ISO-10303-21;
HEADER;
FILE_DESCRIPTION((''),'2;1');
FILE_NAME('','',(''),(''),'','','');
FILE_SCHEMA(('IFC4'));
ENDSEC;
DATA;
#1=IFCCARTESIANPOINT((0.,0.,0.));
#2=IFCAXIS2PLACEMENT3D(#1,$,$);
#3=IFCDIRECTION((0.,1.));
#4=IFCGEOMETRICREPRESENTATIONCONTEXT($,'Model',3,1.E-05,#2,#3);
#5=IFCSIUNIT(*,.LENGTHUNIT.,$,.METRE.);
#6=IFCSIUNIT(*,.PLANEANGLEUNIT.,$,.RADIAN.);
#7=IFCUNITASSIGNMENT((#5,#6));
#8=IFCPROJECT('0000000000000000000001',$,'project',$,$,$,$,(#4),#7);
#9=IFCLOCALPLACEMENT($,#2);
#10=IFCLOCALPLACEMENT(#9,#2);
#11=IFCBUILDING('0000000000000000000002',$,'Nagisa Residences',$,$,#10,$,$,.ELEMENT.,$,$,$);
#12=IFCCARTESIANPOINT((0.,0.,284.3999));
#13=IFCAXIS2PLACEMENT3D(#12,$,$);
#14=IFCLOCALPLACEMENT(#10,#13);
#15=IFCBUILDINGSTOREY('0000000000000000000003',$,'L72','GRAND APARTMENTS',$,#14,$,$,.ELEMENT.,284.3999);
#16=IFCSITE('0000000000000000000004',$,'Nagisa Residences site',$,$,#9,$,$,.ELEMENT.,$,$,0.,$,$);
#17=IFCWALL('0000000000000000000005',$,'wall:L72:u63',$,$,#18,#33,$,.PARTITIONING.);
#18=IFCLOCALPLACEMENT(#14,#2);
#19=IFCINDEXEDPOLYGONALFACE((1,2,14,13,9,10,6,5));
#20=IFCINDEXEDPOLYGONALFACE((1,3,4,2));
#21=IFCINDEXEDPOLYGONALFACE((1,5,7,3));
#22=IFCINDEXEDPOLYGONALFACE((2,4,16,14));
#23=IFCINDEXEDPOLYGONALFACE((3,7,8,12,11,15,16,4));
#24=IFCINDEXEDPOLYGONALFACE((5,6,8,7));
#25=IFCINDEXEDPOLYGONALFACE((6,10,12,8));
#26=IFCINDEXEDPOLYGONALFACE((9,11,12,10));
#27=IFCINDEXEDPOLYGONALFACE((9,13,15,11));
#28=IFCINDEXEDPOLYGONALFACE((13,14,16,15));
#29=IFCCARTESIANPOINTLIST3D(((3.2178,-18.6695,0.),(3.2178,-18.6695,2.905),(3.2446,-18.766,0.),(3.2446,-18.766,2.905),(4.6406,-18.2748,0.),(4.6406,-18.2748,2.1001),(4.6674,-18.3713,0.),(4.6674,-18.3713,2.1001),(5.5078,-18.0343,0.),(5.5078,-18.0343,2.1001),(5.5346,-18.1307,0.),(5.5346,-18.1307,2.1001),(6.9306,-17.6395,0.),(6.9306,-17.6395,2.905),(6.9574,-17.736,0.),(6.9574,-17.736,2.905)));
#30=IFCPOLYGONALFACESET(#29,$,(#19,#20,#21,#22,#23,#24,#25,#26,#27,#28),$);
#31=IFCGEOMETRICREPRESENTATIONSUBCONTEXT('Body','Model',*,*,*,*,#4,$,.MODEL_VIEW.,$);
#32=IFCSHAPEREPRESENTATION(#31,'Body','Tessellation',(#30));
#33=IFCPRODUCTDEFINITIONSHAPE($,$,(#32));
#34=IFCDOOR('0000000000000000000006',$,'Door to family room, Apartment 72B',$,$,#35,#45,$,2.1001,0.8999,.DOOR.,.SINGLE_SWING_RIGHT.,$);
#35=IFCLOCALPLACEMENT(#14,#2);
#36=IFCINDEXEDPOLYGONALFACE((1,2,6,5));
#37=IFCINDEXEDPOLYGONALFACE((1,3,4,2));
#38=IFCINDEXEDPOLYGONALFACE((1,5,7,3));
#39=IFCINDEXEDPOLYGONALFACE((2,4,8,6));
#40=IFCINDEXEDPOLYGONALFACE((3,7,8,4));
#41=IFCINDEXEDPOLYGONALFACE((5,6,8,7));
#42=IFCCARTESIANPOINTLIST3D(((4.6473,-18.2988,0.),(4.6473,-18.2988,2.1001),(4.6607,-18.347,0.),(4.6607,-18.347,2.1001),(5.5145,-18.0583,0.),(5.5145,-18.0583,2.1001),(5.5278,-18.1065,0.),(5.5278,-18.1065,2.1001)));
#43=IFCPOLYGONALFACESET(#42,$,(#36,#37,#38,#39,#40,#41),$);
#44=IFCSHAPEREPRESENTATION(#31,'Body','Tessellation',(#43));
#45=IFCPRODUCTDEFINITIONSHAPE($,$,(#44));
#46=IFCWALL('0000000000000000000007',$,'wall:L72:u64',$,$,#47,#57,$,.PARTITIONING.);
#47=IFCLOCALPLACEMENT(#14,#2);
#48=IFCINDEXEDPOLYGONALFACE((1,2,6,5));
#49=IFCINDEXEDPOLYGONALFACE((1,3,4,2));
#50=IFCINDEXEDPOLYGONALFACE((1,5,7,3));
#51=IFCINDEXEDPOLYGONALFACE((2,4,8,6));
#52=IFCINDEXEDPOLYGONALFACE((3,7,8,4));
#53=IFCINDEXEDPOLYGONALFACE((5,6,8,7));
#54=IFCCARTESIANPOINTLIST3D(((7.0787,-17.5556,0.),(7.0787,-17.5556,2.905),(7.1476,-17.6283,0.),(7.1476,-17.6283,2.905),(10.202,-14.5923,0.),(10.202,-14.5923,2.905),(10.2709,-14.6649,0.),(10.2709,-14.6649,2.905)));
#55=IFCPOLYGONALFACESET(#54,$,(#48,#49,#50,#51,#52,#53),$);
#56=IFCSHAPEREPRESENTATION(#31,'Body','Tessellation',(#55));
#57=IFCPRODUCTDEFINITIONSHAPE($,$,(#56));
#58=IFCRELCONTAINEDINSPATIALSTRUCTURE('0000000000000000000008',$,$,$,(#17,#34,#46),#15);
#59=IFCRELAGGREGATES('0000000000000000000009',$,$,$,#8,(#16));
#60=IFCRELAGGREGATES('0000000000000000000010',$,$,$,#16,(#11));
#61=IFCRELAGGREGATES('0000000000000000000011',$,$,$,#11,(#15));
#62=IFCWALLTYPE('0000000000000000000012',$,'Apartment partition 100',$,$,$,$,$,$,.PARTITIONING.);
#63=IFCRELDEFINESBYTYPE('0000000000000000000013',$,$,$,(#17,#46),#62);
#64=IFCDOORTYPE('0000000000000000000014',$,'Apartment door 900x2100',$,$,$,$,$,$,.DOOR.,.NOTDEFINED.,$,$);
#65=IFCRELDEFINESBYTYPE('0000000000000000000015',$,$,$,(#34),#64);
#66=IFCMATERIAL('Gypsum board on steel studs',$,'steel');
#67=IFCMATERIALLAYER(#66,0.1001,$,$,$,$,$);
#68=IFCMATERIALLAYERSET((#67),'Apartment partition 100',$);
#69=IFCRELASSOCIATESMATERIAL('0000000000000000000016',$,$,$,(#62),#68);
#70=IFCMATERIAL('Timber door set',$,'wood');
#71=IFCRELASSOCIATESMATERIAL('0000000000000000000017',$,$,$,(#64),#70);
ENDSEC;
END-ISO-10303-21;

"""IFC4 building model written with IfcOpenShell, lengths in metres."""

from ifc_helpers import new_model, si_unit, direction, frame, frame_2d, origin, place, context, subcontext, project, spatial, rectangle, extrude, material, layer, layer_set, type_object, element, fill, save


model = new_model("IFC4")

# Units and contexts
model_context = context("Model", 3, precision=1e-05, world=origin(), true_north=direction((0.0, 1.0)))
body_context = subcontext(model_context, "Body", "Model", "MODEL_VIEW")
ifc_project = project(units=[si_unit("LENGTHUNIT", "METRE"), si_unit("PLANEANGLEUNIT", "RADIAN")], contexts=[model_context])

# Site, building, storey
site_placement = place(None, origin())
site = spatial("IfcSite", under=ifc_project, at=site_placement, Name="Nagisa Residences site", CompositionType="ELEMENT", RefElevation=0.0)
building_placement = place(site_placement, origin())
building = spatial("IfcBuilding", under=site, at=building_placement, Name="Nagisa Residences", CompositionType="ELEMENT")
storey_placement = place(building_placement, frame((0.0, 0.0, 284.3999)))
storey = spatial("IfcBuildingStorey", under=building, at=storey_placement, Name="L72", Description="GRAND APARTMENTS", CompositionType="ELEMENT", Elevation=284.3999)

# Wall, opening, door
ifc_material_1 = material(Name="Gypsum board on steel studs", Category="steel")
ifc_layer_1 = layer(ifc_material_1, 0.1001)
ifc_layer_set_1 = layer_set([ifc_layer_1], Name="Apartment partition 100")
wall_type_1 = type_object("IfcWallType", Name="Apartment partition 100", PredefinedType="PARTITIONING", material=ifc_layer_set_1)
ifc_material_2 = material(Name="Timber door set", Category="wood")
door_type_1 = type_object("IfcDoorType", Name="Apartment door 900x2100", OperationType="NOTDEFINED", PredefinedType="DOOR", material=ifc_material_2)
wall_1_placement = place(storey_placement, frame((3.2312, -18.7178, 0.0), z_axis=(0.0, 0.0, 1.0), x_axis=(0.963607, 0.267324, 0.0)))
wall_1 = element("IfcWall", 1, at=wall_1_placement, inside=storey, type_object=wall_type_1, Name="wall:L72:u63", PredefinedType="PARTITIONING", context=body_context, shape_type="SweptSolid", body=[
    extrude(rectangle(XDim=3.853, YDim=0.1001, at=frame_2d((1.9265, 0.0))), origin(), (0.0, 0.0, 1.0), 2.905),
])
opening_1_placement = place(wall_1_placement, frame((1.4766, 0.0, 0.0)))
opening_1 = element("IfcOpeningElement", 2, at=opening_1_placement, cuts=wall_1, PredefinedType="OPENING", context=body_context, shape_type="SweptSolid", body=[
    extrude(rectangle(XDim=0.8999, YDim=2.1001, at=frame_2d((0.45, 1.05))), frame((0.0, 0.0601, 0.0), z_axis=(0.0, -1.0, 0.0), x_axis=(1.0, 0.0, 0.0)), (0.0, 0.0, 1.0), 0.1201),
])
door_1_placement = place(opening_1_placement, frame((0.8999, 0.0, 0.0), x_axis=(-1.0, 0.0, 0.0)))
door_1 = element("IfcDoor", 3, at=door_1_placement, inside=storey, type_object=door_type_1, Name="Door to family room, Apartment 72B", OperationType="SINGLE_SWING_RIGHT", OverallHeight=2.1001, OverallWidth=0.8999, PredefinedType="DOOR", context=body_context, shape_type="SweptSolid", body=[
    extrude(rectangle(XDim=0.8999, YDim=2.1001, at=frame_2d((0.45, 1.05))), frame((0.0, 0.0249, 0.0), z_axis=(0.0, -1.0, 0.0), x_axis=(1.0, 0.0, 0.0)), (0.0, 0.0, 1.0), 0.05),
])
fill(opening_1, door_1)

# Wall
wall_2_placement = place(storey_placement, frame((7.113, -17.592, 0.0), z_axis=(0.0, 0.0, 1.0), x_axis=(0.725434, 0.688292, 0.0)))
element("IfcWall", 4, at=wall_2_placement, inside=storey, type_object=wall_type_1, Name="wall:L72:u64", PredefinedType="PARTITIONING", context=body_context, shape_type="SweptSolid", body=[
    extrude(rectangle(XDim=4.3054, YDim=0.1001, at=frame_2d((2.1528, 0.0))), origin(), (0.0, 0.0, 1.0), 2.905),
])

save(model, "model.ifc")
